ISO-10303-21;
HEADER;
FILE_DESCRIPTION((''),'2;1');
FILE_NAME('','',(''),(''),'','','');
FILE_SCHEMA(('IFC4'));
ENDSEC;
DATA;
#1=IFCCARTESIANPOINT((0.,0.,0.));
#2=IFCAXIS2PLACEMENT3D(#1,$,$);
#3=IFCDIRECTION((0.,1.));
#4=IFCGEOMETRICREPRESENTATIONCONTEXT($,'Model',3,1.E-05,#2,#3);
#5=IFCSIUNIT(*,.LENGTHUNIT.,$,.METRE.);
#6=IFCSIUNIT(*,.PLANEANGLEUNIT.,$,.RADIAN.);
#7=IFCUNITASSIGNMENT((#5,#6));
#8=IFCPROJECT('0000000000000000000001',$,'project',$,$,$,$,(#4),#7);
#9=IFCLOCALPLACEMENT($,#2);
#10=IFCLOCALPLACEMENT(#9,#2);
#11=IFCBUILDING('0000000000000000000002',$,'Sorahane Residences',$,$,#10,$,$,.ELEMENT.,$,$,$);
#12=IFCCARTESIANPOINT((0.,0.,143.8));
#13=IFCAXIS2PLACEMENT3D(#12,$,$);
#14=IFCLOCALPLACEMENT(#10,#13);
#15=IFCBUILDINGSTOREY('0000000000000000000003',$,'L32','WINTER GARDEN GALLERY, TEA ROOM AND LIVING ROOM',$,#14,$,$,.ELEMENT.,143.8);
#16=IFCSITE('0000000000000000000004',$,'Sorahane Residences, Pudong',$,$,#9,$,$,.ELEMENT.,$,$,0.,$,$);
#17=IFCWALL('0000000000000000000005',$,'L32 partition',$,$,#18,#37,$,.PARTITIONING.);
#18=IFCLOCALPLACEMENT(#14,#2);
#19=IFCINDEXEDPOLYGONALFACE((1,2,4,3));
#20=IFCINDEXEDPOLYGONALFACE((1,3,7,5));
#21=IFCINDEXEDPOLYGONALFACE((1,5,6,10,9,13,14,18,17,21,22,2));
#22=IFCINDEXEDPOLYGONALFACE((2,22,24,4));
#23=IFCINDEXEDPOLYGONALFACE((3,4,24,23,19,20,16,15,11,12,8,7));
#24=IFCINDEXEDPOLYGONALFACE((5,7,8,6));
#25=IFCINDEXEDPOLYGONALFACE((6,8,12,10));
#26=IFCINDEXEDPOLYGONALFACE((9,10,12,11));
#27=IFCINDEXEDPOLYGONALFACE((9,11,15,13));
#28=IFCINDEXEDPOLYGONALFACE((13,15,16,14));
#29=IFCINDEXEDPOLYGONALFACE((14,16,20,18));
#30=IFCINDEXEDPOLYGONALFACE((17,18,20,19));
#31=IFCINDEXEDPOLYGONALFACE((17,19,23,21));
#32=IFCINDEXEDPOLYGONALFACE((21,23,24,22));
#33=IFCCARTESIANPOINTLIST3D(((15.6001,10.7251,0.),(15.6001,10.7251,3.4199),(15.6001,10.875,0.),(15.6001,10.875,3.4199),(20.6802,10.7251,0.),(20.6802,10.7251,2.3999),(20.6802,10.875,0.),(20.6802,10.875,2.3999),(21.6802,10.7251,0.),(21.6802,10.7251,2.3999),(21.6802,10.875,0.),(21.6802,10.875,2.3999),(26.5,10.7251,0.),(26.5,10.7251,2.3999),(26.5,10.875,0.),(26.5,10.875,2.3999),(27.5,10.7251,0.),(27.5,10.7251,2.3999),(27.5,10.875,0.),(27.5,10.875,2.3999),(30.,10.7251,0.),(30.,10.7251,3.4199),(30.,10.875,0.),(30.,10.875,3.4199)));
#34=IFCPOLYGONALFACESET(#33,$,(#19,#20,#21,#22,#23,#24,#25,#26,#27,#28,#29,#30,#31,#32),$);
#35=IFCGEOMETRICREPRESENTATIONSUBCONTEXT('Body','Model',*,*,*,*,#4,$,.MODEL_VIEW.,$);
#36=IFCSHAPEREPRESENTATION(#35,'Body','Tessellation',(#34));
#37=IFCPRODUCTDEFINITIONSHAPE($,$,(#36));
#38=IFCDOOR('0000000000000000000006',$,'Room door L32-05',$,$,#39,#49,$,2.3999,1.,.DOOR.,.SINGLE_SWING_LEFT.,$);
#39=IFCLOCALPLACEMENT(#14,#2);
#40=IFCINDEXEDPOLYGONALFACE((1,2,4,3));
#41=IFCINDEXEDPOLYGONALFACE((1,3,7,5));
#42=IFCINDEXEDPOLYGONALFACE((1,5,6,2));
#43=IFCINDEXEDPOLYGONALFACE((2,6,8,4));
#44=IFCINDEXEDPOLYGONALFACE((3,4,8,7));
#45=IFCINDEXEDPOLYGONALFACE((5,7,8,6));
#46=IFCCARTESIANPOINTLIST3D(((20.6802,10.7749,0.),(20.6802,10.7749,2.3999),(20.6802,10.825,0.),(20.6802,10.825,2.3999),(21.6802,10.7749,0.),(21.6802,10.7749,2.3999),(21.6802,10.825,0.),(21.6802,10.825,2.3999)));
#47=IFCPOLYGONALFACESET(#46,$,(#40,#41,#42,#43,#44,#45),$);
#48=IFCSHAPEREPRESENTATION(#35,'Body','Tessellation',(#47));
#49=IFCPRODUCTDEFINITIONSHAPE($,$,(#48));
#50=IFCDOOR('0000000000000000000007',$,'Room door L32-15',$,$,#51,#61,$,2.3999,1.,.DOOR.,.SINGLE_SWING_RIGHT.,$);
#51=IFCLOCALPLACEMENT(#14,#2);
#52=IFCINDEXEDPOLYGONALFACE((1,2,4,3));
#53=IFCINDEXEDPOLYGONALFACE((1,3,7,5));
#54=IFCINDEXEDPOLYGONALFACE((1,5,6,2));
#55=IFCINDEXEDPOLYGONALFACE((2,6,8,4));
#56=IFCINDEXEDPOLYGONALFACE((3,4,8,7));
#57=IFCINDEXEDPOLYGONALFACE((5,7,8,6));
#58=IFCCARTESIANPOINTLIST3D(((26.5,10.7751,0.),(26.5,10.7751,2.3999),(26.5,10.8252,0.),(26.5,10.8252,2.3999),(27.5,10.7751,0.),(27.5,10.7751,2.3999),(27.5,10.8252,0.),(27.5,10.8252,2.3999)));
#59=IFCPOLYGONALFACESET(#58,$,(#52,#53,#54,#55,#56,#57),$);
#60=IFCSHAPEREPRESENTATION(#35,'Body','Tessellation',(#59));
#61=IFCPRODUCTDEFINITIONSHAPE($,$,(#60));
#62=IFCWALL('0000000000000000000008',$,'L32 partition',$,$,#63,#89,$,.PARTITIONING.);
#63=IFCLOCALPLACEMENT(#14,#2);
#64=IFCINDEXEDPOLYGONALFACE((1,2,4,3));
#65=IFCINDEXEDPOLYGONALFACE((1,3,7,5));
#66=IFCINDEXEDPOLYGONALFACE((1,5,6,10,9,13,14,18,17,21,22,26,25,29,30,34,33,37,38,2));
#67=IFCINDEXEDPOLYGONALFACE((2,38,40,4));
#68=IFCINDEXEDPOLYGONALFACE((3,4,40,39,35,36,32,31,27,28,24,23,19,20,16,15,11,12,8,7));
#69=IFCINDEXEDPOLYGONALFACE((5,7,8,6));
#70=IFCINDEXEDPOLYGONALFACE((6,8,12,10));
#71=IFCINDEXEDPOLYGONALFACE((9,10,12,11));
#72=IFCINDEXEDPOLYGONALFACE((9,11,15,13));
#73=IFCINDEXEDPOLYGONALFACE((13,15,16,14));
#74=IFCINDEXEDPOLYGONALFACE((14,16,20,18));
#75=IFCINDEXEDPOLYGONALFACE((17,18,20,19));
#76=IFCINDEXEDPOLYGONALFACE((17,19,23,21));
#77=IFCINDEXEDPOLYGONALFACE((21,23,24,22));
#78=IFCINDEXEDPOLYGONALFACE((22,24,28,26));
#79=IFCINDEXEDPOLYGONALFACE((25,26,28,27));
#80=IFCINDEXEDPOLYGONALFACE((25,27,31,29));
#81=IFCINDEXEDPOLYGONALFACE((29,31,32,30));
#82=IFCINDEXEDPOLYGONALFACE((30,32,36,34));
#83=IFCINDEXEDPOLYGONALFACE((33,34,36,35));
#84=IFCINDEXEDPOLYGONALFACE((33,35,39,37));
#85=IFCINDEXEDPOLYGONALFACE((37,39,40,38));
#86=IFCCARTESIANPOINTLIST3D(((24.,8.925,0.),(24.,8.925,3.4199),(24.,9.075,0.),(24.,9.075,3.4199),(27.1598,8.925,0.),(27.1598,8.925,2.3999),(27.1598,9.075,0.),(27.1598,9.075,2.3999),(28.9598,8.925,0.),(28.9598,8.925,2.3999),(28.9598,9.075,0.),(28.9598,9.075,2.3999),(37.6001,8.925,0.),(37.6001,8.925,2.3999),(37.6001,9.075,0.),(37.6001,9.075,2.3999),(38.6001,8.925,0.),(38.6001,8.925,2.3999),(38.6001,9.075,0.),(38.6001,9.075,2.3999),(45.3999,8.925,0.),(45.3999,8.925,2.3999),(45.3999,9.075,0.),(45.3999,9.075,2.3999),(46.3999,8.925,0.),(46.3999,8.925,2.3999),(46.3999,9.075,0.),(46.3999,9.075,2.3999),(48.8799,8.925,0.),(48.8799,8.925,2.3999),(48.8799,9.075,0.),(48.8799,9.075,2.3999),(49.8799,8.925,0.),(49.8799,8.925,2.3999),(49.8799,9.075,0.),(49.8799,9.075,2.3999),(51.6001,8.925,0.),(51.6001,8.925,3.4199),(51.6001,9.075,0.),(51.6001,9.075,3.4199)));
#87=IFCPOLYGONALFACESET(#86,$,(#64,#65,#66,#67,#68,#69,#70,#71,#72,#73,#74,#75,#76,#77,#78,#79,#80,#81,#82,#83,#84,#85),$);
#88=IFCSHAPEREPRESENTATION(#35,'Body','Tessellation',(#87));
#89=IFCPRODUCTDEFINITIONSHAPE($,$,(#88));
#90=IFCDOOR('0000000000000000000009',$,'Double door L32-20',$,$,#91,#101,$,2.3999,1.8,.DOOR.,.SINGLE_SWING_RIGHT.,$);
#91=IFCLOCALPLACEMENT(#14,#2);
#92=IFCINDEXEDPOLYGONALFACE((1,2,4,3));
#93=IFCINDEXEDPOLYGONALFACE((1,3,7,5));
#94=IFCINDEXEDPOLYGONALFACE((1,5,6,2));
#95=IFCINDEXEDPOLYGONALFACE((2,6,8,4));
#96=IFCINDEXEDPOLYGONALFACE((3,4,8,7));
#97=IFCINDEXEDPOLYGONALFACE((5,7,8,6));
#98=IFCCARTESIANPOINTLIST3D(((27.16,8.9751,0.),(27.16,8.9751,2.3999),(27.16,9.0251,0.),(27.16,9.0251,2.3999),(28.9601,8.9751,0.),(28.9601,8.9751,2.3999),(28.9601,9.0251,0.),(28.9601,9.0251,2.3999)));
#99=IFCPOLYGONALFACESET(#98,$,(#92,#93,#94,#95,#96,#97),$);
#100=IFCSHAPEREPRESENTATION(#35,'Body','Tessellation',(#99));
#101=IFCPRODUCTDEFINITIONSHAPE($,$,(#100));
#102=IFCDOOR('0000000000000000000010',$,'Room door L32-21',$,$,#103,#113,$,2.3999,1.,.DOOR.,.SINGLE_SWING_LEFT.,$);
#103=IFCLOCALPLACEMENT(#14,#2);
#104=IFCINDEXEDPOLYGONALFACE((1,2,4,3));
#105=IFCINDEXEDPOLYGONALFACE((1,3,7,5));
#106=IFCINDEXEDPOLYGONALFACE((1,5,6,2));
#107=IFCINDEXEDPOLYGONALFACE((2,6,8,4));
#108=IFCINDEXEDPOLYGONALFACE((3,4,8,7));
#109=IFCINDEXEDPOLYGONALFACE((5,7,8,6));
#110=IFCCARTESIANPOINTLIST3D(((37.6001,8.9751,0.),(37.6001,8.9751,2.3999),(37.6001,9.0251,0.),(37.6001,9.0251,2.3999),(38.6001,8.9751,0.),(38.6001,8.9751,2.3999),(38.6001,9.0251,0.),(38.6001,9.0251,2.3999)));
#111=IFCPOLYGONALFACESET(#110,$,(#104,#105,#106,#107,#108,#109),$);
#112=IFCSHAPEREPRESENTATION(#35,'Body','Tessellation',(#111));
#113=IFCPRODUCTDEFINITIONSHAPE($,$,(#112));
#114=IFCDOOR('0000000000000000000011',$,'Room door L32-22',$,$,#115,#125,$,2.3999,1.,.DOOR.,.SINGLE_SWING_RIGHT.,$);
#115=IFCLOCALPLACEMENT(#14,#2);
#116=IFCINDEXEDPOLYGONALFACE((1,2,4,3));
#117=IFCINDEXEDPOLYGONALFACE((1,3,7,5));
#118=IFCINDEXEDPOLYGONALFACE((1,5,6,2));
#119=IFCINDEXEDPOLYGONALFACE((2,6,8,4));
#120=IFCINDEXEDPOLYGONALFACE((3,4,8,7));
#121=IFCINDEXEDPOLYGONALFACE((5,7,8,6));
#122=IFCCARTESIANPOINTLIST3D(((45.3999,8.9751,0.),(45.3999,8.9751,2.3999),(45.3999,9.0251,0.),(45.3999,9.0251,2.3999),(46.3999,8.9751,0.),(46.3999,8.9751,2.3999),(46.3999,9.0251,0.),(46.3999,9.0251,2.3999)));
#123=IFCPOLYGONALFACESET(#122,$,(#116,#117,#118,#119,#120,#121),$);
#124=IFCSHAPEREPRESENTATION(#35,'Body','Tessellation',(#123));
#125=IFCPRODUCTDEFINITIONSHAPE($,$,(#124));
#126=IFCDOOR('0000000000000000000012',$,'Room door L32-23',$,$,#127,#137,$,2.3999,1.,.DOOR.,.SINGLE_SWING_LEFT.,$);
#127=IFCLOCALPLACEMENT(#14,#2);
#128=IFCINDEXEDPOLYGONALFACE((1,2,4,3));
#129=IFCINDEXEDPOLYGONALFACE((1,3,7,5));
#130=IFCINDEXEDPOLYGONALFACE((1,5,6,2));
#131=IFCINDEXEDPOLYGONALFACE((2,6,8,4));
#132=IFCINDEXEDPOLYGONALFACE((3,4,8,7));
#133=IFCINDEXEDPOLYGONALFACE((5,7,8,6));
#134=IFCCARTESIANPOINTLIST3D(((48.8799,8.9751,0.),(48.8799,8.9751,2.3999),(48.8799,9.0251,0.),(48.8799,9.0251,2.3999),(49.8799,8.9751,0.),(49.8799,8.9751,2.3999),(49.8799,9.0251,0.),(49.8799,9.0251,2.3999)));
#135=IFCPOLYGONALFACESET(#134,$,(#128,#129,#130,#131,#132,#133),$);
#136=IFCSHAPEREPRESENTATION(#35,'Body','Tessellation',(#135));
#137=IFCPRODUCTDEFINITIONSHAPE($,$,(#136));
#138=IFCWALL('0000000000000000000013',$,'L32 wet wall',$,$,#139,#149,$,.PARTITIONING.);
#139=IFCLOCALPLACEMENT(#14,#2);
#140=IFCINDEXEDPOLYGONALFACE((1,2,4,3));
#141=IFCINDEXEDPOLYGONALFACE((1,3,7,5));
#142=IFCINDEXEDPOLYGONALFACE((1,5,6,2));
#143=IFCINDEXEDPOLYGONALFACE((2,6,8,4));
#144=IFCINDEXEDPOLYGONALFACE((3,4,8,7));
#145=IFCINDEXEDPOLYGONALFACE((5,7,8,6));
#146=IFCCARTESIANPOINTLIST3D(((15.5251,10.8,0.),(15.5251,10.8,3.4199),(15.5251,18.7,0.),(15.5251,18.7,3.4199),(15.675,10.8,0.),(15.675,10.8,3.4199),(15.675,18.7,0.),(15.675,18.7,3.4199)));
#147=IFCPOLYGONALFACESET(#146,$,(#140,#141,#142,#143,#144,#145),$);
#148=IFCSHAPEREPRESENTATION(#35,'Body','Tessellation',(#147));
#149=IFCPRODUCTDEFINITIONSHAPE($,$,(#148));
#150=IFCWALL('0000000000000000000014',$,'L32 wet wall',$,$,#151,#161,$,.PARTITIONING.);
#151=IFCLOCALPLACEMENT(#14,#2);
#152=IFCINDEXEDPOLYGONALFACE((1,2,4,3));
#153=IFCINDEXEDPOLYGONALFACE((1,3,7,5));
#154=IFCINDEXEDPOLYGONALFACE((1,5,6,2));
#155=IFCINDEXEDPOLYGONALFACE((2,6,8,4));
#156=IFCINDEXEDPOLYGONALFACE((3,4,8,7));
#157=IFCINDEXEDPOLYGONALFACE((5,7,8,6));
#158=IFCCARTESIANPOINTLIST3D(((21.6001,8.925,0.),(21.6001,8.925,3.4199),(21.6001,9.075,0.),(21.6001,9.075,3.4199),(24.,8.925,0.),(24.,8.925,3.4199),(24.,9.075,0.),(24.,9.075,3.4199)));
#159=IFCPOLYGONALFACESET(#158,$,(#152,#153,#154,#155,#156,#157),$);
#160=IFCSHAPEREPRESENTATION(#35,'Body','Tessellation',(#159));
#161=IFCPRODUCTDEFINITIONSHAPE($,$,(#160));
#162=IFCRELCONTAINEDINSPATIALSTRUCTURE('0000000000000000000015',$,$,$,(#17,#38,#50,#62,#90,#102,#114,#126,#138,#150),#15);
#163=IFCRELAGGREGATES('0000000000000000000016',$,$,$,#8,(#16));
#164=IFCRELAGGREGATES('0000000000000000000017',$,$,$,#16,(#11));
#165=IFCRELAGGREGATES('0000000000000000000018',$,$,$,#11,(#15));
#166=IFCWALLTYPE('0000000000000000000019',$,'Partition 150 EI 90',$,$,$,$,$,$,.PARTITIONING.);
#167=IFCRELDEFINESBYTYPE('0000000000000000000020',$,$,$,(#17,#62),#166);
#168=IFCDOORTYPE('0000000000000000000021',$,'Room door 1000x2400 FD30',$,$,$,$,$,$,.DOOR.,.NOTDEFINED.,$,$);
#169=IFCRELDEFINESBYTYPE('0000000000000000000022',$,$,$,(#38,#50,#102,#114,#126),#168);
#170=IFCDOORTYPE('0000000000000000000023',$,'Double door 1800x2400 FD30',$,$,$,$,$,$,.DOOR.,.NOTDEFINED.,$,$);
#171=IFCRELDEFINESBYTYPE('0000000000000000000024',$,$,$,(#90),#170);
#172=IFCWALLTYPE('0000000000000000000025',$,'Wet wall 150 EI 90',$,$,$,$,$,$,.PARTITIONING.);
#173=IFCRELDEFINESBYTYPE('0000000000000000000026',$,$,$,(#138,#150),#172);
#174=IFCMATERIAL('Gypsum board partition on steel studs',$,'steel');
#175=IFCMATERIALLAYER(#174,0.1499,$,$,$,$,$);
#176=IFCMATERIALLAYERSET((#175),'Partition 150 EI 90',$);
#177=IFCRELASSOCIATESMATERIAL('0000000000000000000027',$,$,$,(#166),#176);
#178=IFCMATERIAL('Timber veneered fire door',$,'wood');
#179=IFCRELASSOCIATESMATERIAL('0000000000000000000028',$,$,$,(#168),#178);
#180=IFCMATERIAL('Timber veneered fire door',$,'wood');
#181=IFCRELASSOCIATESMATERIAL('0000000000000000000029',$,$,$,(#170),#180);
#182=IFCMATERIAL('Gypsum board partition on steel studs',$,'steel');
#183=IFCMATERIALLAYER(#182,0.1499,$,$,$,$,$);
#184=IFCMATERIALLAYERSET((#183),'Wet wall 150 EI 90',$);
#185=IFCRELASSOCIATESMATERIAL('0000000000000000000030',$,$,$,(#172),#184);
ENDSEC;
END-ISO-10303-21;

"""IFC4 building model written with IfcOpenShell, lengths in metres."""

from ifc_helpers import new_model, si_unit, direction, frame, frame_2d, origin, place, context, subcontext, project, spatial, rectangle, extrude, material, layer, layer_set, type_object, element, fill, save


model = new_model("IFC4")

# Units and contexts
model_context = context("Model", 3, precision=1e-05, world=origin(), true_north=direction((0.0, 1.0)))
body_context = subcontext(model_context, "Body", "Model", "MODEL_VIEW")
ifc_project = project(units=[si_unit("LENGTHUNIT", "METRE"), si_unit("PLANEANGLEUNIT", "RADIAN")], contexts=[model_context])

# Site, building, storey
site_placement = place(None, origin())
site = spatial("IfcSite", under=ifc_project, at=site_placement, Name="Sorahane Residences, Pudong", CompositionType="ELEMENT", RefElevation=0.0)
building_placement = place(site_placement, origin())
building = spatial("IfcBuilding", under=site, at=building_placement, Name="Sorahane Residences", CompositionType="ELEMENT")
storey_placement = place(building_placement, frame((0.0, 0.0, 143.8)))
storey = spatial("IfcBuildingStorey", under=building, at=storey_placement, Name="L32", Description="WINTER GARDEN GALLERY, TEA ROOM AND LIVING ROOM", CompositionType="ELEMENT", Elevation=143.8)

# Walls, openings, doors
ifc_material_1 = material(Name="Gypsum board partition on steel studs", Category="steel")
ifc_layer_1 = layer(ifc_material_1, 0.1499)
ifc_layer_set_1 = layer_set([ifc_layer_1], Name="Partition 150 EI 90")
wall_type_1 = type_object("IfcWallType", Name="Partition 150 EI 90", PredefinedType="PARTITIONING", material=ifc_layer_set_1)
wall_1_placement = place(storey_placement, frame((15.6001, 10.8, 0.0), z_axis=(0.0, 0.0, 1.0), x_axis=(1.0, 0.0, 0.0)))
wall_1 = element("IfcWall", 1, at=wall_1_placement, inside=storey, type_object=wall_type_1, Name="L32 partition", PredefinedType="PARTITIONING", context=body_context, shape_type="SweptSolid", body=[
    extrude(rectangle(XDim=14.3999, YDim=0.1499, at=frame_2d((7.2, 0.0))), origin(), (0.0, 0.0, 1.0), 3.4199),
])
opening_1_placement = place(wall_1_placement, frame((5.0801, 0.0, 0.0)))
opening_1 = element("IfcOpeningElement", 2, at=opening_1_placement, cuts=wall_1, PredefinedType="OPENING", context=body_context, shape_type="SweptSolid", body=[
    extrude(rectangle(XDim=1.0, YDim=2.3999, at=frame_2d((0.5, 1.2))), frame((0.0, 0.085, 0.0), z_axis=(0.0, -1.0, 0.0), x_axis=(1.0, 0.0, 0.0)), (0.0, 0.0, 1.0), 0.1699),
])
opening_2_placement = place(wall_1_placement, frame((10.8999, 0.0, 0.0)))
opening_2 = element("IfcOpeningElement", 3, at=opening_2_placement, cuts=wall_1, PredefinedType="OPENING", context=body_context, shape_type="SweptSolid", body=[
    extrude(rectangle(XDim=1.0, YDim=2.3999, at=frame_2d((0.5, 1.2))), frame((0.0, 0.085, 0.0), z_axis=(0.0, -1.0, 0.0), x_axis=(1.0, 0.0, 0.0)), (0.0, 0.0, 1.0), 0.1699),
])
ifc_material_2 = material(Name="Timber veneered fire door", Category="wood")
door_type_1 = type_object("IfcDoorType", Name="Room door 1000x2400 FD30", OperationType="NOTDEFINED", PredefinedType="DOOR", material=ifc_material_2)
door_1_placement = place(opening_1_placement, origin())
door_1 = element("IfcDoor", 4, at=door_1_placement, inside=storey, type_object=door_type_1, Name="Room door L32-05", OperationType="SINGLE_SWING_LEFT", OverallHeight=2.3999, OverallWidth=1.0, PredefinedType="DOOR", context=body_context, shape_type="SweptSolid", body=[
    extrude(rectangle(XDim=1.0, YDim=2.3999, at=frame_2d((0.5, 1.2))), frame((0.0, 0.0249, 0.0), z_axis=(0.0, -1.0, 0.0), x_axis=(1.0, 0.0, 0.0)), (0.0, 0.0, 1.0), 0.05),
])
fill(opening_1, door_1)
door_2_placement = place(opening_2_placement, frame((1.0, 0.0, 0.0), z_axis=(0.0, 0.0, 1.0), x_axis=(-1.0, 0.0, 0.0)))
door_2 = element("IfcDoor", 5, at=door_2_placement, inside=storey, type_object=door_type_1, Name="Room door L32-15", OperationType="SINGLE_SWING_RIGHT", OverallHeight=2.3999, OverallWidth=1.0, PredefinedType="DOOR", context=body_context, shape_type="SweptSolid", body=[
    extrude(rectangle(XDim=1.0, YDim=2.3999, at=frame_2d((0.5, 1.2))), frame((0.0, 0.0249, 0.0), z_axis=(0.0, -1.0, 0.0), x_axis=(1.0, 0.0, 0.0)), (0.0, 0.0, 1.0), 0.05),
])
fill(opening_2, door_2)
wall_2_placement = place(storey_placement, frame((24.0, 9.0, 0.0), z_axis=(0.0, 0.0, 1.0), x_axis=(1.0, 0.0, 0.0)))
wall_2 = element("IfcWall", 6, at=wall_2_placement, inside=storey, type_object=wall_type_1, Name="L32 partition", PredefinedType="PARTITIONING", context=body_context, shape_type="SweptSolid", body=[
    extrude(rectangle(XDim=27.6001, YDim=0.1499, at=frame_2d((13.8, 0.0))), origin(), (0.0, 0.0, 1.0), 3.4199),
])
opening_3_placement = place(wall_2_placement, frame((3.1599, 0.0, 0.0)))
opening_3 = element("IfcOpeningElement", 7, at=opening_3_placement, cuts=wall_2, PredefinedType="OPENING", context=body_context, shape_type="SweptSolid", body=[
    extrude(rectangle(XDim=1.8, YDim=2.3999, at=frame_2d((0.8999, 1.2))), frame((0.0, 0.085, 0.0), z_axis=(0.0, -1.0, 0.0), x_axis=(1.0, 0.0, 0.0)), (0.0, 0.0, 1.0), 0.1699),
])
opening_4_placement = place(wall_2_placement, frame((13.6001, 0.0, 0.0)))
opening_4 = element("IfcOpeningElement", 8, at=opening_4_placement, cuts=wall_2, PredefinedType="OPENING", context=body_context, shape_type="SweptSolid", body=[
    extrude(rectangle(XDim=1.0, YDim=2.3999, at=frame_2d((0.5, 1.2))), frame((0.0, 0.085, 0.0), z_axis=(0.0, -1.0, 0.0), x_axis=(1.0, 0.0, 0.0)), (0.0, 0.0, 1.0), 0.1699),
])
opening_5_placement = place(wall_2_placement, frame((21.3999, 0.0, 0.0)))
opening_5 = element("IfcOpeningElement", 9, at=opening_5_placement, cuts=wall_2, PredefinedType="OPENING", context=body_context, shape_type="SweptSolid", body=[
    extrude(rectangle(XDim=1.0, YDim=2.3999, at=frame_2d((0.5, 1.2))), frame((0.0, 0.085, 0.0), z_axis=(0.0, -1.0, 0.0), x_axis=(1.0, 0.0, 0.0)), (0.0, 0.0, 1.0), 0.1699),
])
opening_6_placement = place(wall_2_placement, frame((24.8799, 0.0, 0.0)))
opening_6 = element("IfcOpeningElement", 10, at=opening_6_placement, cuts=wall_2, PredefinedType="OPENING", context=body_context, shape_type="SweptSolid", body=[
    extrude(rectangle(XDim=1.0, YDim=2.3999, at=frame_2d((0.5, 1.2))), frame((0.0, 0.085, 0.0), z_axis=(0.0, -1.0, 0.0), x_axis=(1.0, 0.0, 0.0)), (0.0, 0.0, 1.0), 0.1699),
])
ifc_material_3 = material(Name="Timber veneered fire door", Category="wood")
door_type_2 = type_object("IfcDoorType", Name="Double door 1800x2400 FD30", OperationType="NOTDEFINED", PredefinedType="DOOR", material=ifc_material_3)
door_3_placement = place(opening_3_placement, frame((1.8, 0.0, 0.0), z_axis=(0.0, 0.0, 1.0), x_axis=(-1.0, 0.0, 0.0)))
door_3 = element("IfcDoor", 11, at=door_3_placement, inside=storey, type_object=door_type_2, Name="Double door L32-20", OperationType="SINGLE_SWING_RIGHT", OverallHeight=2.3999, OverallWidth=1.8, PredefinedType="DOOR", context=body_context, shape_type="SweptSolid", body=[
    extrude(rectangle(XDim=1.8, YDim=2.3999, at=frame_2d((0.8999, 1.2))), frame((0.0, 0.0249, 0.0), z_axis=(0.0, -1.0, 0.0), x_axis=(1.0, 0.0, 0.0)), (0.0, 0.0, 1.0), 0.05),
])
fill(opening_3, door_3)
door_4_placement = place(opening_4_placement, frame((1.0, 0.0, 0.0), z_axis=(0.0, 0.0, 1.0), x_axis=(-1.0, 0.0, 0.0)))
door_4 = element("IfcDoor", 12, at=door_4_placement, inside=storey, type_object=door_type_1, Name="Room door L32-21", OperationType="SINGLE_SWING_LEFT", OverallHeight=2.3999, OverallWidth=1.0, PredefinedType="DOOR", context=body_context, shape_type="SweptSolid", body=[
    extrude(rectangle(XDim=1.0, YDim=2.3999, at=frame_2d((0.5, 1.2))), frame((0.0, 0.0249, 0.0), z_axis=(0.0, -1.0, 0.0), x_axis=(1.0, 0.0, 0.0)), (0.0, 0.0, 1.0), 0.05),
])
fill(opening_4, door_4)
door_5_placement = place(opening_5_placement, frame((1.0, 0.0, 0.0), z_axis=(0.0, 0.0, 1.0), x_axis=(-1.0, 0.0, 0.0)))
door_5 = element("IfcDoor", 13, at=door_5_placement, inside=storey, type_object=door_type_1, Name="Room door L32-22", OperationType="SINGLE_SWING_RIGHT", OverallHeight=2.3999, OverallWidth=1.0, PredefinedType="DOOR", context=body_context, shape_type="SweptSolid", body=[
    extrude(rectangle(XDim=1.0, YDim=2.3999, at=frame_2d((0.5, 1.2))), frame((0.0, 0.0249, 0.0), z_axis=(0.0, -1.0, 0.0), x_axis=(1.0, 0.0, 0.0)), (0.0, 0.0, 1.0), 0.05),
])
fill(opening_5, door_5)
door_6_placement = place(opening_6_placement, frame((1.0, 0.0, 0.0), z_axis=(0.0, 0.0, 1.0), x_axis=(-1.0, 0.0, 0.0)))
door_6 = element("IfcDoor", 14, at=door_6_placement, inside=storey, type_object=door_type_1, Name="Room door L32-23", OperationType="SINGLE_SWING_LEFT", OverallHeight=2.3999, OverallWidth=1.0, PredefinedType="DOOR", context=body_context, shape_type="SweptSolid", body=[
    extrude(rectangle(XDim=1.0, YDim=2.3999, at=frame_2d((0.5, 1.2))), frame((0.0, 0.0249, 0.0), z_axis=(0.0, -1.0, 0.0), x_axis=(1.0, 0.0, 0.0)), (0.0, 0.0, 1.0), 0.05),
])
fill(opening_6, door_6)

# Wall
ifc_material_4 = material(Name="Gypsum board partition on steel studs", Category="steel")
ifc_layer_2 = layer(ifc_material_4, 0.1499)
ifc_layer_set_2 = layer_set([ifc_layer_2], Name="Wet wall 150 EI 90")
wall_type_2 = type_object("IfcWallType", Name="Wet wall 150 EI 90", PredefinedType="PARTITIONING", material=ifc_layer_set_2)
wall_3_placement = place(storey_placement, frame((15.6001, 10.8, 0.0), z_axis=(0.0, 0.0, 1.0), x_axis=(0.0, 1.0, 0.0)))
element("IfcWall", 15, at=wall_3_placement, inside=storey, type_object=wall_type_2, Name="L32 wet wall", PredefinedType="PARTITIONING", context=body_context, shape_type="SweptSolid", body=[
    extrude(rectangle(XDim=7.8999, YDim=0.1499, at=frame_2d((3.95, 0.0))), origin(), (0.0, 0.0, 1.0), 3.4199),
])

# Wall
wall_4_placement = place(storey_placement, frame((21.6001, 9.0, 0.0), z_axis=(0.0, 0.0, 1.0), x_axis=(1.0, 0.0, 0.0)))
element("IfcWall", 16, at=wall_4_placement, inside=storey, type_object=wall_type_2, Name="L32 wet wall", PredefinedType="PARTITIONING", context=body_context, shape_type="SweptSolid", body=[
    extrude(rectangle(XDim=2.3999, YDim=0.1499, at=frame_2d((1.2, 0.0))), origin(), (0.0, 0.0, 1.0), 3.4199),
])

save(model, "model.ifc")
